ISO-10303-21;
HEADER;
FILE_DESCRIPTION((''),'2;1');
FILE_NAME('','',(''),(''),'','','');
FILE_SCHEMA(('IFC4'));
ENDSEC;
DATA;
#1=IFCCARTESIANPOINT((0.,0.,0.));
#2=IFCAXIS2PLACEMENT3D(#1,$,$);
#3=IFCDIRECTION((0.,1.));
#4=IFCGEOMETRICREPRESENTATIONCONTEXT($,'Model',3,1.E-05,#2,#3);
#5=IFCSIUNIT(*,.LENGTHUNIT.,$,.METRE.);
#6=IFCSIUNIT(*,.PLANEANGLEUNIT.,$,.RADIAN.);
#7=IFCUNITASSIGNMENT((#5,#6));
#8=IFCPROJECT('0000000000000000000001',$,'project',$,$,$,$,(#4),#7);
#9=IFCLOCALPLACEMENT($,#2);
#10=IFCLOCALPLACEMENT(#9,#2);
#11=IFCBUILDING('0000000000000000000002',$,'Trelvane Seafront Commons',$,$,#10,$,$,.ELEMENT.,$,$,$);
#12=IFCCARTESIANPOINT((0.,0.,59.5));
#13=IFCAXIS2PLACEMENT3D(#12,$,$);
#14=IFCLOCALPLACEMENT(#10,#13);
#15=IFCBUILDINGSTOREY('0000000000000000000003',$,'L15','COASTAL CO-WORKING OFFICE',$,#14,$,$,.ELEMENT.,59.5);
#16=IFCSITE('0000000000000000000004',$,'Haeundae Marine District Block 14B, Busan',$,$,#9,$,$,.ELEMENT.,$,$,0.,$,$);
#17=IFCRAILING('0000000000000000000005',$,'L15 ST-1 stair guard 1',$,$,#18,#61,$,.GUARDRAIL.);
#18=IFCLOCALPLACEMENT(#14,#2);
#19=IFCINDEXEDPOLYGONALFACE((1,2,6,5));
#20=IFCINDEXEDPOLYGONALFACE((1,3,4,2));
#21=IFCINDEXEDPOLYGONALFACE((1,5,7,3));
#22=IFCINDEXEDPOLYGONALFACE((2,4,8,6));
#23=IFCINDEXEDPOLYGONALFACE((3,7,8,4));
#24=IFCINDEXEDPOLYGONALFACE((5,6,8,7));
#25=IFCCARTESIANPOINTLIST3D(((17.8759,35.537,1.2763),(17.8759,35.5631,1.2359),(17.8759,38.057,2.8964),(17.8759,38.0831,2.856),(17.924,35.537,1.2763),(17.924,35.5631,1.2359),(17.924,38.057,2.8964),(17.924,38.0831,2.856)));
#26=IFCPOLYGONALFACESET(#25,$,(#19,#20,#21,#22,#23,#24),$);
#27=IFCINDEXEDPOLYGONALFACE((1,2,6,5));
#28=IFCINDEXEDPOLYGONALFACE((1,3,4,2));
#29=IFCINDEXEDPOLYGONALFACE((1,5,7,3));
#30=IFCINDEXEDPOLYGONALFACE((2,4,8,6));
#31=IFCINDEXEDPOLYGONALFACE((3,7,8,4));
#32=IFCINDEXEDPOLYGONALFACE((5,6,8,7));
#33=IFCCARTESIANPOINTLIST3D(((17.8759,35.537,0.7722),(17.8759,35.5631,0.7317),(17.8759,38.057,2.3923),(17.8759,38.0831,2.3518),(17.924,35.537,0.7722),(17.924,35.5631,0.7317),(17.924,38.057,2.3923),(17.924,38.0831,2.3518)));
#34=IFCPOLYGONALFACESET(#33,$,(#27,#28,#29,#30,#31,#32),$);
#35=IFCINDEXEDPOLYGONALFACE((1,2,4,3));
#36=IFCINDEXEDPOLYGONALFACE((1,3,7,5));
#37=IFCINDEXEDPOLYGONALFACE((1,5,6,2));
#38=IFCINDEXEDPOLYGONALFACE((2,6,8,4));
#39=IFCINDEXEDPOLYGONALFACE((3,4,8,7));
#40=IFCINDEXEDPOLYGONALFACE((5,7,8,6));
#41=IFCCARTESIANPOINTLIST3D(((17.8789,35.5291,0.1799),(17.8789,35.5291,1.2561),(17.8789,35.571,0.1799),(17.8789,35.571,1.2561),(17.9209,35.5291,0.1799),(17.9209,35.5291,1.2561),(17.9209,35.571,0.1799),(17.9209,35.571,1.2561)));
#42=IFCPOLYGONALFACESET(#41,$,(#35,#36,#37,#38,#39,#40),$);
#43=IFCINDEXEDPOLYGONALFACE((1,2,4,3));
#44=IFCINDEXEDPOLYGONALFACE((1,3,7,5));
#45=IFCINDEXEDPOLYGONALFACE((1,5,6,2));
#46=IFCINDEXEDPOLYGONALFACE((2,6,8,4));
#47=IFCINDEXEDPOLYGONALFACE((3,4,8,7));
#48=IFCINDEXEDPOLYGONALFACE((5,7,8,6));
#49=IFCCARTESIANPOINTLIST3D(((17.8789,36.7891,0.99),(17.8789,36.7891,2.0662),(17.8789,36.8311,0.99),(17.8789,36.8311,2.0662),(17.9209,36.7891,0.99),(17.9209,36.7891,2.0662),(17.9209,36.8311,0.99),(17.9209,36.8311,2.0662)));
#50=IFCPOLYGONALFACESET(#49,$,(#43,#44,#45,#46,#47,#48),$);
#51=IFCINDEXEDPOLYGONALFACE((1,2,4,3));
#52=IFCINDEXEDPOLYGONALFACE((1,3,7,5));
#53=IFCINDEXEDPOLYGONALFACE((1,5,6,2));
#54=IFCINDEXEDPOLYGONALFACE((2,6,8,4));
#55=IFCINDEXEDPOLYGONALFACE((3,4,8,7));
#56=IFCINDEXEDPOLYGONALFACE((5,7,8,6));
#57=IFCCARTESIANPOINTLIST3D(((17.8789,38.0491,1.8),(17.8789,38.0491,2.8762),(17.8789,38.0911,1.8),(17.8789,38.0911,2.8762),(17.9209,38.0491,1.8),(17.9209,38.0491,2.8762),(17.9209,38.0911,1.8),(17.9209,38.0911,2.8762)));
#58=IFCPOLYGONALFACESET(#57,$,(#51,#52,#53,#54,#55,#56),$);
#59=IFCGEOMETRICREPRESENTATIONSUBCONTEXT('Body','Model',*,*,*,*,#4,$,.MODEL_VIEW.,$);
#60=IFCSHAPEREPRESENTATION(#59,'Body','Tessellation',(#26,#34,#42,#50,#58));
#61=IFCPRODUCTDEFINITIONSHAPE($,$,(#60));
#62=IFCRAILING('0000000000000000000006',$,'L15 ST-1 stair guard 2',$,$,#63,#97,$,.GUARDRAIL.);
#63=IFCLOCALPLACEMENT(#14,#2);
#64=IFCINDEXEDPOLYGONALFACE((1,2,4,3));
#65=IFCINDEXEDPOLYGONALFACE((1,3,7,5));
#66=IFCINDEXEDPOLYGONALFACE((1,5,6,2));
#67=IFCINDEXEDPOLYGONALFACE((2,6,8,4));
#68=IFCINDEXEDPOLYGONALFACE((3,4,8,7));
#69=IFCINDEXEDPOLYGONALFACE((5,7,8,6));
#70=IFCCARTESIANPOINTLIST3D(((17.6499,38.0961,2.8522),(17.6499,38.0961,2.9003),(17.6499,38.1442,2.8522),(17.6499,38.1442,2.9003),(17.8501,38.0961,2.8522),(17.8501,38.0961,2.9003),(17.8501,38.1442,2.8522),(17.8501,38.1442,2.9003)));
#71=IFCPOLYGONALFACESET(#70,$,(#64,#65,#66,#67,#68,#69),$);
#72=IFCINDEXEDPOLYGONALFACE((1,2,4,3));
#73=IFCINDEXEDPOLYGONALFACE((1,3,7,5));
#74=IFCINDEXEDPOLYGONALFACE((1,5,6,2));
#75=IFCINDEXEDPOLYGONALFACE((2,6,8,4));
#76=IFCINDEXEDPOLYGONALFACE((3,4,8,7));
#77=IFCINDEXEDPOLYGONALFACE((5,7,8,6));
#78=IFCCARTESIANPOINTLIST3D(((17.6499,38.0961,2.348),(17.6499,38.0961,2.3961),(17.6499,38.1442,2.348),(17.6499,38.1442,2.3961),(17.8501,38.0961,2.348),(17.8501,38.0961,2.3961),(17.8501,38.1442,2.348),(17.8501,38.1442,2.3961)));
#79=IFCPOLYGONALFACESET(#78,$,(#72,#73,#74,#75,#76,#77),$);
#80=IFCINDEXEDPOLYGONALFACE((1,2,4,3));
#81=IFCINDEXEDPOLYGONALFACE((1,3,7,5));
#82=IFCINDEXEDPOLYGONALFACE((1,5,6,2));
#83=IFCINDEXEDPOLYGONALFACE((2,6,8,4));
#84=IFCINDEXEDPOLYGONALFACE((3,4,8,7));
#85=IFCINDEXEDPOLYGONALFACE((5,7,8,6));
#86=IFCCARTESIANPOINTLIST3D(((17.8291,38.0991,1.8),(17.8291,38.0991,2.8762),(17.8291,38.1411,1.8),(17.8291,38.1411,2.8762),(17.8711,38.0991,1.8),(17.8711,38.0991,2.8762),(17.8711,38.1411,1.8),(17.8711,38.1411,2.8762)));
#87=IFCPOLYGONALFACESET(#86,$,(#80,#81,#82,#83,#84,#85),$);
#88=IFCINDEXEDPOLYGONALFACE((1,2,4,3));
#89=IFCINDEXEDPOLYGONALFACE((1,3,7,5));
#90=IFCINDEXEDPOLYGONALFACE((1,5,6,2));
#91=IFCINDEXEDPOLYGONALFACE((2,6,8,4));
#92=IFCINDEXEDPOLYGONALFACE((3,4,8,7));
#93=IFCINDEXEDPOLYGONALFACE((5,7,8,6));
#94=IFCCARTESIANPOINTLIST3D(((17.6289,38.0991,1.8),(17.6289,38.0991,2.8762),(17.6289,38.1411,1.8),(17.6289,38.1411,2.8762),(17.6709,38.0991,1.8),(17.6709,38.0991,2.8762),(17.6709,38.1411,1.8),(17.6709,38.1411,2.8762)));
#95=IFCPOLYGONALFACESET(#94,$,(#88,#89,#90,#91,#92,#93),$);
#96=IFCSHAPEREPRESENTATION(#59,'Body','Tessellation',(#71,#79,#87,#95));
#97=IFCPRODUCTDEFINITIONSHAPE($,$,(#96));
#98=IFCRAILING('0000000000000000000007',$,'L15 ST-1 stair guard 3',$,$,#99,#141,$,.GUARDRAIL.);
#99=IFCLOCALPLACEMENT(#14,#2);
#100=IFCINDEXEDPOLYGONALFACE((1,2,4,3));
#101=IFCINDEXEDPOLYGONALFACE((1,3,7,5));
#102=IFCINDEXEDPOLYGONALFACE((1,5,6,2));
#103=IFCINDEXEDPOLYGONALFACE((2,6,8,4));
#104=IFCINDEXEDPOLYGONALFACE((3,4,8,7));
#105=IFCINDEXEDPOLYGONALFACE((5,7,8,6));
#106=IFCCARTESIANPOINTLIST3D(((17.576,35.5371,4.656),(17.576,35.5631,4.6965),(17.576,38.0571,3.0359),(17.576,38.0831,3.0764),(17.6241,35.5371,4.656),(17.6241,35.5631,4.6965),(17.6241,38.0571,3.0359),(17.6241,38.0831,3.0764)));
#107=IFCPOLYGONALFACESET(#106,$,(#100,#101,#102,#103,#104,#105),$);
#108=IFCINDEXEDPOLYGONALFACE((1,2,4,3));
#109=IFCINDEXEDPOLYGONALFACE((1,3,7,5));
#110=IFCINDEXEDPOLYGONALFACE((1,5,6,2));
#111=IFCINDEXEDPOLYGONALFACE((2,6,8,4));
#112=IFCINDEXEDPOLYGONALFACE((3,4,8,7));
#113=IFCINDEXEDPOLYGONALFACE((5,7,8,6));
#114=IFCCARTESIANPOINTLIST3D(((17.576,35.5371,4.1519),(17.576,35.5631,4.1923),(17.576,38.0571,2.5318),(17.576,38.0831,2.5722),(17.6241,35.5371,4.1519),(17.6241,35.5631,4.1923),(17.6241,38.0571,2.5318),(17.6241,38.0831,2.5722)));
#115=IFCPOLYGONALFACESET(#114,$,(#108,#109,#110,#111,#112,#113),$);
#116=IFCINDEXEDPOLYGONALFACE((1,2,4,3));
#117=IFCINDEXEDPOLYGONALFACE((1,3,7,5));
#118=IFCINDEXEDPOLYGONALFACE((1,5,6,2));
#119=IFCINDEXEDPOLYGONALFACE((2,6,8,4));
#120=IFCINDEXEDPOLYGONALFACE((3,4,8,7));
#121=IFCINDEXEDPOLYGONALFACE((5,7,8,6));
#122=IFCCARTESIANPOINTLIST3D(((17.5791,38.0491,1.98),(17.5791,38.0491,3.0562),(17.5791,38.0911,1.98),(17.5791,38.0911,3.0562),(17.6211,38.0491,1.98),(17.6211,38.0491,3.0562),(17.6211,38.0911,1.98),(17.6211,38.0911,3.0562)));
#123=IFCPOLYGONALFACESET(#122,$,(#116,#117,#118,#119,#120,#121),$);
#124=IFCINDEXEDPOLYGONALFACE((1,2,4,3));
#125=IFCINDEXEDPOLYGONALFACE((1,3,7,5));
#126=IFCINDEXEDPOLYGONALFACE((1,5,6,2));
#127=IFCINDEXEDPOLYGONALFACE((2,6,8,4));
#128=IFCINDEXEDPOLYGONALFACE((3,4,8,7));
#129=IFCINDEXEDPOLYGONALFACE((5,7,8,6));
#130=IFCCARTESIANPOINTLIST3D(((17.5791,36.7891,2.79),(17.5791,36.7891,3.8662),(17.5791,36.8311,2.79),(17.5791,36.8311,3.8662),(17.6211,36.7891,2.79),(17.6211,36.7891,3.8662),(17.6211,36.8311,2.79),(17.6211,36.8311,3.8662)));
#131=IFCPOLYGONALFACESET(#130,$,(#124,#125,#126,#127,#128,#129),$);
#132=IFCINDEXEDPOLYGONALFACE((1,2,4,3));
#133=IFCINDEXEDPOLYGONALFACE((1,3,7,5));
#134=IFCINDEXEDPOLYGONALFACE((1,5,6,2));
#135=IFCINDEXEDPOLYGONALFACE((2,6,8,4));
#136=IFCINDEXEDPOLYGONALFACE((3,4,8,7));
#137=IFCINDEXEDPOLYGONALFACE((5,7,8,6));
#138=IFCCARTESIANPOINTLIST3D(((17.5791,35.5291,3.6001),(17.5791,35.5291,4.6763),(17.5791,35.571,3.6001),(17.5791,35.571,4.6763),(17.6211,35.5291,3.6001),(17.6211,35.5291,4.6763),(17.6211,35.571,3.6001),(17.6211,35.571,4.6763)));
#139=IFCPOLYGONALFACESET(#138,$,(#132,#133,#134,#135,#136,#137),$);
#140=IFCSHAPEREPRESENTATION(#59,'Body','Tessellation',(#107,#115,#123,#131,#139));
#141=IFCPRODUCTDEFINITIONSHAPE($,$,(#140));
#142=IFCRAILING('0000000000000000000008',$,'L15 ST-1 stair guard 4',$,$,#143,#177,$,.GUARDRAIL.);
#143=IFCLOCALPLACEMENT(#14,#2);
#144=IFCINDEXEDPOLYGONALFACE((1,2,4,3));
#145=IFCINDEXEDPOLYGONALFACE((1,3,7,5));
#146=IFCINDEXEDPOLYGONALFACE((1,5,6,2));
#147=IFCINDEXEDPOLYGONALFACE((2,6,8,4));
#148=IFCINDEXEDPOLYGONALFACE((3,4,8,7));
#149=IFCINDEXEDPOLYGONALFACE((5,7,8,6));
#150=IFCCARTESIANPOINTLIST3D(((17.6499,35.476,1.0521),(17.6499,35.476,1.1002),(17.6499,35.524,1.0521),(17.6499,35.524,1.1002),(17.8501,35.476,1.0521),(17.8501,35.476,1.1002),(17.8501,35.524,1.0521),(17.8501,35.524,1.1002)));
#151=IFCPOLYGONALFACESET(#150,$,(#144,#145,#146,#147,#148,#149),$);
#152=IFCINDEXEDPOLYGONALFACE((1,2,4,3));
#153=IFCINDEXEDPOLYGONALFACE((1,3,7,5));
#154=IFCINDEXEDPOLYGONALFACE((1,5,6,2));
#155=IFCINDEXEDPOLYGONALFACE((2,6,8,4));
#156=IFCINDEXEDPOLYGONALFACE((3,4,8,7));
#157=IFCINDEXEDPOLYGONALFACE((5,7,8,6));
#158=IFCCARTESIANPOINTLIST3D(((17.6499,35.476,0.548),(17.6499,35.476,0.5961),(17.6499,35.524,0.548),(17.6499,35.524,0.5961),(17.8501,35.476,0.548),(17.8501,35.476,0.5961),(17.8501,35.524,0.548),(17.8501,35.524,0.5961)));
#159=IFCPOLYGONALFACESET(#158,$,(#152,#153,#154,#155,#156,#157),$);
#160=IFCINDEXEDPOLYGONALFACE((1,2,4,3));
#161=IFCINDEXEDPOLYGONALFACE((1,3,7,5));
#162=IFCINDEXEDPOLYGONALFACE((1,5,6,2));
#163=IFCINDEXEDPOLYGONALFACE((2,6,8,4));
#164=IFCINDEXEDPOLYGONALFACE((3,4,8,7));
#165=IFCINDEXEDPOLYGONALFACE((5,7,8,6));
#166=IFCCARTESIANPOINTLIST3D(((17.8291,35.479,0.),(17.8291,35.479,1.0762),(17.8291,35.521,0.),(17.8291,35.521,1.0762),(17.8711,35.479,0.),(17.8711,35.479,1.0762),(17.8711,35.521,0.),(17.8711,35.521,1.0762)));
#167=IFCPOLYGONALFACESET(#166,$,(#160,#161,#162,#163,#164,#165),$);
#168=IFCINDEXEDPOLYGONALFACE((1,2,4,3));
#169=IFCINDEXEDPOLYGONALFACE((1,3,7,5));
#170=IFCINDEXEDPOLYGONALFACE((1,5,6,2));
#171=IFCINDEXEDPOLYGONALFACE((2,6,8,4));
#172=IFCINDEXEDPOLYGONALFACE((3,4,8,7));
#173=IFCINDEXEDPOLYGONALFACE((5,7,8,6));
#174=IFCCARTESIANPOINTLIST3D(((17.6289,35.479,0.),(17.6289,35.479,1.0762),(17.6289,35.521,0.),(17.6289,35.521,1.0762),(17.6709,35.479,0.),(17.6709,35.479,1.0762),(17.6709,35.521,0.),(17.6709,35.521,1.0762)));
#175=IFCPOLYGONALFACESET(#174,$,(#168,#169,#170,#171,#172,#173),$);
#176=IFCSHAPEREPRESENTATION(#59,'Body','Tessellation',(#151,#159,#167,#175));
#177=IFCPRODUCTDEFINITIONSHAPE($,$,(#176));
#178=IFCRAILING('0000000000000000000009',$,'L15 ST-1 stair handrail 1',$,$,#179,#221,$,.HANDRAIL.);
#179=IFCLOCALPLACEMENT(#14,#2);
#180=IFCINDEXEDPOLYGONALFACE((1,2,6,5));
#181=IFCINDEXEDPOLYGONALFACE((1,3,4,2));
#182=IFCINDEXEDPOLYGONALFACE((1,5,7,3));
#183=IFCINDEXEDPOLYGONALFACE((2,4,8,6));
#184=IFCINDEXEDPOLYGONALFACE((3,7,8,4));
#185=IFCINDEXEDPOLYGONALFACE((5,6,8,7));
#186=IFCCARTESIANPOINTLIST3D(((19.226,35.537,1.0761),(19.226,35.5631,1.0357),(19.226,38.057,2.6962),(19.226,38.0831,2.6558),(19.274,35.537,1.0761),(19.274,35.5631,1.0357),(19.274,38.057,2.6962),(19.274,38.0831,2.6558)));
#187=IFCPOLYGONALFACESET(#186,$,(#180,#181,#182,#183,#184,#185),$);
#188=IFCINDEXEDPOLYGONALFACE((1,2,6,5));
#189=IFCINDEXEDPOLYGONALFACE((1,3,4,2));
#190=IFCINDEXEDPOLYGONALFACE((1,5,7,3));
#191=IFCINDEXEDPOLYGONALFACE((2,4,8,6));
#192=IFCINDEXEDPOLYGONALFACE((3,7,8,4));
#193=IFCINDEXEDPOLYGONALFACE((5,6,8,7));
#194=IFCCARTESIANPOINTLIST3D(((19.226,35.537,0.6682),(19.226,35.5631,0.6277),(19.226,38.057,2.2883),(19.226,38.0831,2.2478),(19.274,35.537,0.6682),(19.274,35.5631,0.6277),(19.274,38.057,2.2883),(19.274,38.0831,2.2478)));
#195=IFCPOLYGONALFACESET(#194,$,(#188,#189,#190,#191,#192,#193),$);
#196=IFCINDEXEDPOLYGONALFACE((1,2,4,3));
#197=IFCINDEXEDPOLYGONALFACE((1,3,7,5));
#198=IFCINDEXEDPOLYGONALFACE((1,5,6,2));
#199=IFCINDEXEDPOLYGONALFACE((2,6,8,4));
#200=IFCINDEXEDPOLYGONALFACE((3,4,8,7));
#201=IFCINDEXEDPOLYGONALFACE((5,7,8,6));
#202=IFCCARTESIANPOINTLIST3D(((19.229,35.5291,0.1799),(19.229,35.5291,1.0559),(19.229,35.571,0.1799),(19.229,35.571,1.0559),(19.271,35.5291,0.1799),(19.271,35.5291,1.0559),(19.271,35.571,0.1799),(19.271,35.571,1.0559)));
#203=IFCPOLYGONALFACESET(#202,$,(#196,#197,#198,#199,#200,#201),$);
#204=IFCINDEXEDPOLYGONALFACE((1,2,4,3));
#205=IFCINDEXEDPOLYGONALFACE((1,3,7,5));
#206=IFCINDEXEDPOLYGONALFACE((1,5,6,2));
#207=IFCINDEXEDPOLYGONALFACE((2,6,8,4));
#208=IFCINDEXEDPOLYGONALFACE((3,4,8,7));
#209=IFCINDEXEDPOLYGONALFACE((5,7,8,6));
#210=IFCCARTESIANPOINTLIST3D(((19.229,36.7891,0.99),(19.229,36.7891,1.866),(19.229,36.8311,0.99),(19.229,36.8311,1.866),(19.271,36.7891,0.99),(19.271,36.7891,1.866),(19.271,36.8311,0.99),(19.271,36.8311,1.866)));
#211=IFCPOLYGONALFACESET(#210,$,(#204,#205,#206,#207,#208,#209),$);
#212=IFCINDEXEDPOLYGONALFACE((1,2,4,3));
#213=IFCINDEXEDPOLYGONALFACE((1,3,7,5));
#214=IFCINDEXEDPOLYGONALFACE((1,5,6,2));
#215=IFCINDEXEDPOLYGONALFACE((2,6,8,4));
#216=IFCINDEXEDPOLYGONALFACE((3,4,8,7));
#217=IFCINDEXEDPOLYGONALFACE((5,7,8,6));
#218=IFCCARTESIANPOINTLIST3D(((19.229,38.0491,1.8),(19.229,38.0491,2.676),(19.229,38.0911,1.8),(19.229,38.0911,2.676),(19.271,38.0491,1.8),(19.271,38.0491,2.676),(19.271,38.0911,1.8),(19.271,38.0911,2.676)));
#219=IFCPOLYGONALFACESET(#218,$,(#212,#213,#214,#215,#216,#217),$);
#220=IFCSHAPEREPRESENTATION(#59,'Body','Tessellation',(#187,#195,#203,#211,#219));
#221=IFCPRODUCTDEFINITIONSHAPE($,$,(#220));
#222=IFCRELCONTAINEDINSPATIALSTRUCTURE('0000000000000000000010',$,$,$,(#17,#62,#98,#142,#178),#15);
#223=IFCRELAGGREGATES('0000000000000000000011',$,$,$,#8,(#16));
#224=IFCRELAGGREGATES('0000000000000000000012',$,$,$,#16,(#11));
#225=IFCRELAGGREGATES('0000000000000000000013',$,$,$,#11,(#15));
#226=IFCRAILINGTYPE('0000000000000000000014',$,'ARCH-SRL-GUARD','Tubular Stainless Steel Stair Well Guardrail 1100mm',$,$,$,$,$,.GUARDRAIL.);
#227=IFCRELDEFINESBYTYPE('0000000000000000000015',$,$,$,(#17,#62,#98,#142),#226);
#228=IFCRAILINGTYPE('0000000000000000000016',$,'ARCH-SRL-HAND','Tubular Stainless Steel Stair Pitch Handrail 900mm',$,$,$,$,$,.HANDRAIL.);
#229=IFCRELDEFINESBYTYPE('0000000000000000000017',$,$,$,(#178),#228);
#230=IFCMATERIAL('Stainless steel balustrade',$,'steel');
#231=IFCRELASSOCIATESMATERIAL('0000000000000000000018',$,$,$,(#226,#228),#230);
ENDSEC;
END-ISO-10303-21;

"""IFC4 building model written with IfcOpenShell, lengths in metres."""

from ifc_helpers import new_model, si_unit, direction, frame, origin, origin_2d, place, context, subcontext, project, spatial, rectangle, extrude, material, type_object, element, save


model = new_model("IFC4")

# Units and contexts
model_context = context("Model", 3, precision=1e-05, world=origin(), true_north=direction((0.0, 1.0)))
body_context = subcontext(model_context, "Body", "Model", "MODEL_VIEW")
ifc_project = project(units=[si_unit("LENGTHUNIT", "METRE"), si_unit("PLANEANGLEUNIT", "RADIAN")], contexts=[model_context])

# Site, building, storey
site_placement = place(None, origin())
site = spatial("IfcSite", under=ifc_project, at=site_placement, Name="Haeundae Marine District Block 14B, Busan", CompositionType="ELEMENT", RefElevation=0.0)
building_placement = place(site_placement, origin())
building = spatial("IfcBuilding", under=site, at=building_placement, Name="Trelvane Seafront Commons", CompositionType="ELEMENT")
storey_placement = place(building_placement, frame((0.0, 0.0, 59.5)))
storey = spatial("IfcBuildingStorey", under=building, at=storey_placement, Name="L15", Description="COASTAL CO-WORKING OFFICE", CompositionType="ELEMENT", Elevation=59.5)

# Shared definitions
ifc_material_1 = material(Name="Stainless steel balustrade", Category="steel")

# Railings
railing_type_1 = type_object("IfcRailingType", Name="ARCH-SRL-GUARD", Description="Tubular Stainless Steel Stair Well Guardrail 1100mm", PredefinedType="GUARDRAIL", material=ifc_material_1)
railing_1_placement = place(storey_placement, frame((17.8999, 35.55, 0.1799)))
element("IfcRailing", 1, at=railing_1_placement, inside=storey, type_object=railing_type_1, Name="L15 ST-1 stair guard 1", PredefinedType="GUARDRAIL", context=body_context, shape_type="SweptSolid", body=[
    extrude(rectangle(XDim=0.0481, YDim=0.0481, at=origin_2d()), frame((0.0, 0.0, 1.0762), z_axis=(0.0, 0.841163, 0.540782), x_axis=(-1.0, 0.0, 0.0)), (0.0, 0.0, 1.0), 2.9958),
    extrude(rectangle(XDim=0.0481, YDim=0.0481, at=origin_2d()), frame((0.0, 0.0, 0.572), z_axis=(0.0, 0.841163, 0.540782), x_axis=(-1.0, 0.0, 0.0)), (0.0, 0.0, 1.0), 2.9958),
    extrude(rectangle(XDim=0.042, YDim=0.042, at=origin_2d()), origin(), (0.0, 0.0, 1.0), 1.0762),
    extrude(rectangle(XDim=0.042, YDim=0.042, at=origin_2d()), frame((0.0, 1.26, 0.8101)), (0.0, 0.0, 1.0), 1.0762),
    extrude(rectangle(XDim=0.042, YDim=0.042, at=origin_2d()), frame((0.0, 2.52, 1.6201)), (0.0, 0.0, 1.0), 1.0762),
])
railing_2_placement = place(storey_placement, frame((17.8501, 38.1201, 1.8)))
element("IfcRailing", 2, at=railing_2_placement, inside=storey, type_object=railing_type_1, Name="L15 ST-1 stair guard 2", PredefinedType="GUARDRAIL", context=body_context, shape_type="SweptSolid", body=[
    extrude(rectangle(XDim=0.0481, YDim=0.0481, at=origin_2d()), frame((0.0, 0.0, 1.0762), z_axis=(-1.0, 0.0, 0.0), x_axis=(0.0, -1.0, 0.0)), (0.0, 0.0, 1.0), 0.2002),
    extrude(rectangle(XDim=0.0481, YDim=0.0481, at=origin_2d()), frame((0.0, 0.0, 0.572), z_axis=(-1.0, 0.0, 0.0), x_axis=(0.0, -1.0, 0.0)), (0.0, 0.0, 1.0), 0.2002),
    extrude(rectangle(XDim=0.042, YDim=0.042, at=origin_2d()), origin(), (0.0, 0.0, 1.0), 1.0762),
    extrude(rectangle(XDim=0.042, YDim=0.042, at=origin_2d()), frame((-0.2002, 0.0, 0.0)), (0.0, 0.0, 1.0), 1.0762),
])
railing_3_placement = place(storey_placement, frame((17.6001, 38.0701, 1.98)))
element("IfcRailing", 3, at=railing_3_placement, inside=storey, type_object=railing_type_1, Name="L15 ST-1 stair guard 3", PredefinedType="GUARDRAIL", context=body_context, shape_type="SweptSolid", body=[
    extrude(rectangle(XDim=0.0481, YDim=0.0481, at=origin_2d()), frame((0.0, 0.0, 1.0762), z_axis=(0.0, -0.841163, 0.540782), x_axis=(1.0, 0.0, 0.0)), (0.0, 0.0, 1.0), 2.9958),
    extrude(rectangle(XDim=0.0481, YDim=0.0481, at=origin_2d()), frame((0.0, 0.0, 0.572), z_axis=(0.0, -0.841163, 0.540782), x_axis=(1.0, 0.0, 0.0)), (0.0, 0.0, 1.0), 2.9958),
    extrude(rectangle(XDim=0.042, YDim=0.042, at=origin_2d()), origin(), (0.0, 0.0, 1.0), 1.0762),
    extrude(rectangle(XDim=0.042, YDim=0.042, at=origin_2d()), frame((0.0, -1.26, 0.8101)), (0.0, 0.0, 1.0), 1.0762),
    extrude(rectangle(XDim=0.042, YDim=0.042, at=origin_2d()), frame((0.0, -2.52, 1.6201)), (0.0, 0.0, 1.0), 1.0762),
])
railing_4_placement = place(storey_placement, frame((17.8501, 35.5, 0.0)))
element("IfcRailing", 4, at=railing_4_placement, inside=storey, type_object=railing_type_1, Name="L15 ST-1 stair guard 4", PredefinedType="GUARDRAIL", context=body_context, shape_type="SweptSolid", body=[
    extrude(rectangle(XDim=0.0481, YDim=0.0481, at=origin_2d()), frame((0.0, 0.0, 1.0762), z_axis=(-1.0, 0.0, 0.0), x_axis=(0.0, -1.0, 0.0)), (0.0, 0.0, 1.0), 0.2002),
    extrude(rectangle(XDim=0.0481, YDim=0.0481, at=origin_2d()), frame((0.0, 0.0, 0.572), z_axis=(-1.0, 0.0, 0.0), x_axis=(0.0, -1.0, 0.0)), (0.0, 0.0, 1.0), 0.2002),
    extrude(rectangle(XDim=0.042, YDim=0.042, at=origin_2d()), origin(), (0.0, 0.0, 1.0), 1.0762),
    extrude(rectangle(XDim=0.042, YDim=0.042, at=origin_2d()), frame((-0.2002, 0.0, 0.0)), (0.0, 0.0, 1.0), 1.0762),
])
railing_type_2 = type_object("IfcRailingType", Name="ARCH-SRL-HAND", Description="Tubular Stainless Steel Stair Pitch Handrail 900mm", PredefinedType="HANDRAIL", material=ifc_material_1)
railing_5_placement = place(storey_placement, frame((19.25, 35.55, 0.1799)))
element("IfcRailing", 5, at=railing_5_placement, inside=storey, type_object=railing_type_2, Name="L15 ST-1 stair handrail 1", PredefinedType="HANDRAIL", context=body_context, shape_type="SweptSolid", body=[
    extrude(rectangle(XDim=0.0481, YDim=0.0481, at=origin_2d()), frame((0.0, 0.0, 0.876), z_axis=(0.0, 0.841163, 0.540782), x_axis=(-1.0, 0.0, 0.0)), (0.0, 0.0, 1.0), 2.9958),
    extrude(rectangle(XDim=0.0481, YDim=0.0481, at=origin_2d()), frame((0.0, 0.0, 0.468), z_axis=(0.0, 0.841163, 0.540782), x_axis=(-1.0, 0.0, 0.0)), (0.0, 0.0, 1.0), 2.9958),
    extrude(rectangle(XDim=0.042, YDim=0.042, at=origin_2d()), origin(), (0.0, 0.0, 1.0), 0.876),
    extrude(rectangle(XDim=0.042, YDim=0.042, at=origin_2d()), frame((0.0, 1.26, 0.8101)), (0.0, 0.0, 1.0), 0.876),
    extrude(rectangle(XDim=0.042, YDim=0.042, at=origin_2d()), frame((0.0, 2.52, 1.6201)), (0.0, 0.0, 1.0), 0.876),
])

save(model, "model.ifc")
